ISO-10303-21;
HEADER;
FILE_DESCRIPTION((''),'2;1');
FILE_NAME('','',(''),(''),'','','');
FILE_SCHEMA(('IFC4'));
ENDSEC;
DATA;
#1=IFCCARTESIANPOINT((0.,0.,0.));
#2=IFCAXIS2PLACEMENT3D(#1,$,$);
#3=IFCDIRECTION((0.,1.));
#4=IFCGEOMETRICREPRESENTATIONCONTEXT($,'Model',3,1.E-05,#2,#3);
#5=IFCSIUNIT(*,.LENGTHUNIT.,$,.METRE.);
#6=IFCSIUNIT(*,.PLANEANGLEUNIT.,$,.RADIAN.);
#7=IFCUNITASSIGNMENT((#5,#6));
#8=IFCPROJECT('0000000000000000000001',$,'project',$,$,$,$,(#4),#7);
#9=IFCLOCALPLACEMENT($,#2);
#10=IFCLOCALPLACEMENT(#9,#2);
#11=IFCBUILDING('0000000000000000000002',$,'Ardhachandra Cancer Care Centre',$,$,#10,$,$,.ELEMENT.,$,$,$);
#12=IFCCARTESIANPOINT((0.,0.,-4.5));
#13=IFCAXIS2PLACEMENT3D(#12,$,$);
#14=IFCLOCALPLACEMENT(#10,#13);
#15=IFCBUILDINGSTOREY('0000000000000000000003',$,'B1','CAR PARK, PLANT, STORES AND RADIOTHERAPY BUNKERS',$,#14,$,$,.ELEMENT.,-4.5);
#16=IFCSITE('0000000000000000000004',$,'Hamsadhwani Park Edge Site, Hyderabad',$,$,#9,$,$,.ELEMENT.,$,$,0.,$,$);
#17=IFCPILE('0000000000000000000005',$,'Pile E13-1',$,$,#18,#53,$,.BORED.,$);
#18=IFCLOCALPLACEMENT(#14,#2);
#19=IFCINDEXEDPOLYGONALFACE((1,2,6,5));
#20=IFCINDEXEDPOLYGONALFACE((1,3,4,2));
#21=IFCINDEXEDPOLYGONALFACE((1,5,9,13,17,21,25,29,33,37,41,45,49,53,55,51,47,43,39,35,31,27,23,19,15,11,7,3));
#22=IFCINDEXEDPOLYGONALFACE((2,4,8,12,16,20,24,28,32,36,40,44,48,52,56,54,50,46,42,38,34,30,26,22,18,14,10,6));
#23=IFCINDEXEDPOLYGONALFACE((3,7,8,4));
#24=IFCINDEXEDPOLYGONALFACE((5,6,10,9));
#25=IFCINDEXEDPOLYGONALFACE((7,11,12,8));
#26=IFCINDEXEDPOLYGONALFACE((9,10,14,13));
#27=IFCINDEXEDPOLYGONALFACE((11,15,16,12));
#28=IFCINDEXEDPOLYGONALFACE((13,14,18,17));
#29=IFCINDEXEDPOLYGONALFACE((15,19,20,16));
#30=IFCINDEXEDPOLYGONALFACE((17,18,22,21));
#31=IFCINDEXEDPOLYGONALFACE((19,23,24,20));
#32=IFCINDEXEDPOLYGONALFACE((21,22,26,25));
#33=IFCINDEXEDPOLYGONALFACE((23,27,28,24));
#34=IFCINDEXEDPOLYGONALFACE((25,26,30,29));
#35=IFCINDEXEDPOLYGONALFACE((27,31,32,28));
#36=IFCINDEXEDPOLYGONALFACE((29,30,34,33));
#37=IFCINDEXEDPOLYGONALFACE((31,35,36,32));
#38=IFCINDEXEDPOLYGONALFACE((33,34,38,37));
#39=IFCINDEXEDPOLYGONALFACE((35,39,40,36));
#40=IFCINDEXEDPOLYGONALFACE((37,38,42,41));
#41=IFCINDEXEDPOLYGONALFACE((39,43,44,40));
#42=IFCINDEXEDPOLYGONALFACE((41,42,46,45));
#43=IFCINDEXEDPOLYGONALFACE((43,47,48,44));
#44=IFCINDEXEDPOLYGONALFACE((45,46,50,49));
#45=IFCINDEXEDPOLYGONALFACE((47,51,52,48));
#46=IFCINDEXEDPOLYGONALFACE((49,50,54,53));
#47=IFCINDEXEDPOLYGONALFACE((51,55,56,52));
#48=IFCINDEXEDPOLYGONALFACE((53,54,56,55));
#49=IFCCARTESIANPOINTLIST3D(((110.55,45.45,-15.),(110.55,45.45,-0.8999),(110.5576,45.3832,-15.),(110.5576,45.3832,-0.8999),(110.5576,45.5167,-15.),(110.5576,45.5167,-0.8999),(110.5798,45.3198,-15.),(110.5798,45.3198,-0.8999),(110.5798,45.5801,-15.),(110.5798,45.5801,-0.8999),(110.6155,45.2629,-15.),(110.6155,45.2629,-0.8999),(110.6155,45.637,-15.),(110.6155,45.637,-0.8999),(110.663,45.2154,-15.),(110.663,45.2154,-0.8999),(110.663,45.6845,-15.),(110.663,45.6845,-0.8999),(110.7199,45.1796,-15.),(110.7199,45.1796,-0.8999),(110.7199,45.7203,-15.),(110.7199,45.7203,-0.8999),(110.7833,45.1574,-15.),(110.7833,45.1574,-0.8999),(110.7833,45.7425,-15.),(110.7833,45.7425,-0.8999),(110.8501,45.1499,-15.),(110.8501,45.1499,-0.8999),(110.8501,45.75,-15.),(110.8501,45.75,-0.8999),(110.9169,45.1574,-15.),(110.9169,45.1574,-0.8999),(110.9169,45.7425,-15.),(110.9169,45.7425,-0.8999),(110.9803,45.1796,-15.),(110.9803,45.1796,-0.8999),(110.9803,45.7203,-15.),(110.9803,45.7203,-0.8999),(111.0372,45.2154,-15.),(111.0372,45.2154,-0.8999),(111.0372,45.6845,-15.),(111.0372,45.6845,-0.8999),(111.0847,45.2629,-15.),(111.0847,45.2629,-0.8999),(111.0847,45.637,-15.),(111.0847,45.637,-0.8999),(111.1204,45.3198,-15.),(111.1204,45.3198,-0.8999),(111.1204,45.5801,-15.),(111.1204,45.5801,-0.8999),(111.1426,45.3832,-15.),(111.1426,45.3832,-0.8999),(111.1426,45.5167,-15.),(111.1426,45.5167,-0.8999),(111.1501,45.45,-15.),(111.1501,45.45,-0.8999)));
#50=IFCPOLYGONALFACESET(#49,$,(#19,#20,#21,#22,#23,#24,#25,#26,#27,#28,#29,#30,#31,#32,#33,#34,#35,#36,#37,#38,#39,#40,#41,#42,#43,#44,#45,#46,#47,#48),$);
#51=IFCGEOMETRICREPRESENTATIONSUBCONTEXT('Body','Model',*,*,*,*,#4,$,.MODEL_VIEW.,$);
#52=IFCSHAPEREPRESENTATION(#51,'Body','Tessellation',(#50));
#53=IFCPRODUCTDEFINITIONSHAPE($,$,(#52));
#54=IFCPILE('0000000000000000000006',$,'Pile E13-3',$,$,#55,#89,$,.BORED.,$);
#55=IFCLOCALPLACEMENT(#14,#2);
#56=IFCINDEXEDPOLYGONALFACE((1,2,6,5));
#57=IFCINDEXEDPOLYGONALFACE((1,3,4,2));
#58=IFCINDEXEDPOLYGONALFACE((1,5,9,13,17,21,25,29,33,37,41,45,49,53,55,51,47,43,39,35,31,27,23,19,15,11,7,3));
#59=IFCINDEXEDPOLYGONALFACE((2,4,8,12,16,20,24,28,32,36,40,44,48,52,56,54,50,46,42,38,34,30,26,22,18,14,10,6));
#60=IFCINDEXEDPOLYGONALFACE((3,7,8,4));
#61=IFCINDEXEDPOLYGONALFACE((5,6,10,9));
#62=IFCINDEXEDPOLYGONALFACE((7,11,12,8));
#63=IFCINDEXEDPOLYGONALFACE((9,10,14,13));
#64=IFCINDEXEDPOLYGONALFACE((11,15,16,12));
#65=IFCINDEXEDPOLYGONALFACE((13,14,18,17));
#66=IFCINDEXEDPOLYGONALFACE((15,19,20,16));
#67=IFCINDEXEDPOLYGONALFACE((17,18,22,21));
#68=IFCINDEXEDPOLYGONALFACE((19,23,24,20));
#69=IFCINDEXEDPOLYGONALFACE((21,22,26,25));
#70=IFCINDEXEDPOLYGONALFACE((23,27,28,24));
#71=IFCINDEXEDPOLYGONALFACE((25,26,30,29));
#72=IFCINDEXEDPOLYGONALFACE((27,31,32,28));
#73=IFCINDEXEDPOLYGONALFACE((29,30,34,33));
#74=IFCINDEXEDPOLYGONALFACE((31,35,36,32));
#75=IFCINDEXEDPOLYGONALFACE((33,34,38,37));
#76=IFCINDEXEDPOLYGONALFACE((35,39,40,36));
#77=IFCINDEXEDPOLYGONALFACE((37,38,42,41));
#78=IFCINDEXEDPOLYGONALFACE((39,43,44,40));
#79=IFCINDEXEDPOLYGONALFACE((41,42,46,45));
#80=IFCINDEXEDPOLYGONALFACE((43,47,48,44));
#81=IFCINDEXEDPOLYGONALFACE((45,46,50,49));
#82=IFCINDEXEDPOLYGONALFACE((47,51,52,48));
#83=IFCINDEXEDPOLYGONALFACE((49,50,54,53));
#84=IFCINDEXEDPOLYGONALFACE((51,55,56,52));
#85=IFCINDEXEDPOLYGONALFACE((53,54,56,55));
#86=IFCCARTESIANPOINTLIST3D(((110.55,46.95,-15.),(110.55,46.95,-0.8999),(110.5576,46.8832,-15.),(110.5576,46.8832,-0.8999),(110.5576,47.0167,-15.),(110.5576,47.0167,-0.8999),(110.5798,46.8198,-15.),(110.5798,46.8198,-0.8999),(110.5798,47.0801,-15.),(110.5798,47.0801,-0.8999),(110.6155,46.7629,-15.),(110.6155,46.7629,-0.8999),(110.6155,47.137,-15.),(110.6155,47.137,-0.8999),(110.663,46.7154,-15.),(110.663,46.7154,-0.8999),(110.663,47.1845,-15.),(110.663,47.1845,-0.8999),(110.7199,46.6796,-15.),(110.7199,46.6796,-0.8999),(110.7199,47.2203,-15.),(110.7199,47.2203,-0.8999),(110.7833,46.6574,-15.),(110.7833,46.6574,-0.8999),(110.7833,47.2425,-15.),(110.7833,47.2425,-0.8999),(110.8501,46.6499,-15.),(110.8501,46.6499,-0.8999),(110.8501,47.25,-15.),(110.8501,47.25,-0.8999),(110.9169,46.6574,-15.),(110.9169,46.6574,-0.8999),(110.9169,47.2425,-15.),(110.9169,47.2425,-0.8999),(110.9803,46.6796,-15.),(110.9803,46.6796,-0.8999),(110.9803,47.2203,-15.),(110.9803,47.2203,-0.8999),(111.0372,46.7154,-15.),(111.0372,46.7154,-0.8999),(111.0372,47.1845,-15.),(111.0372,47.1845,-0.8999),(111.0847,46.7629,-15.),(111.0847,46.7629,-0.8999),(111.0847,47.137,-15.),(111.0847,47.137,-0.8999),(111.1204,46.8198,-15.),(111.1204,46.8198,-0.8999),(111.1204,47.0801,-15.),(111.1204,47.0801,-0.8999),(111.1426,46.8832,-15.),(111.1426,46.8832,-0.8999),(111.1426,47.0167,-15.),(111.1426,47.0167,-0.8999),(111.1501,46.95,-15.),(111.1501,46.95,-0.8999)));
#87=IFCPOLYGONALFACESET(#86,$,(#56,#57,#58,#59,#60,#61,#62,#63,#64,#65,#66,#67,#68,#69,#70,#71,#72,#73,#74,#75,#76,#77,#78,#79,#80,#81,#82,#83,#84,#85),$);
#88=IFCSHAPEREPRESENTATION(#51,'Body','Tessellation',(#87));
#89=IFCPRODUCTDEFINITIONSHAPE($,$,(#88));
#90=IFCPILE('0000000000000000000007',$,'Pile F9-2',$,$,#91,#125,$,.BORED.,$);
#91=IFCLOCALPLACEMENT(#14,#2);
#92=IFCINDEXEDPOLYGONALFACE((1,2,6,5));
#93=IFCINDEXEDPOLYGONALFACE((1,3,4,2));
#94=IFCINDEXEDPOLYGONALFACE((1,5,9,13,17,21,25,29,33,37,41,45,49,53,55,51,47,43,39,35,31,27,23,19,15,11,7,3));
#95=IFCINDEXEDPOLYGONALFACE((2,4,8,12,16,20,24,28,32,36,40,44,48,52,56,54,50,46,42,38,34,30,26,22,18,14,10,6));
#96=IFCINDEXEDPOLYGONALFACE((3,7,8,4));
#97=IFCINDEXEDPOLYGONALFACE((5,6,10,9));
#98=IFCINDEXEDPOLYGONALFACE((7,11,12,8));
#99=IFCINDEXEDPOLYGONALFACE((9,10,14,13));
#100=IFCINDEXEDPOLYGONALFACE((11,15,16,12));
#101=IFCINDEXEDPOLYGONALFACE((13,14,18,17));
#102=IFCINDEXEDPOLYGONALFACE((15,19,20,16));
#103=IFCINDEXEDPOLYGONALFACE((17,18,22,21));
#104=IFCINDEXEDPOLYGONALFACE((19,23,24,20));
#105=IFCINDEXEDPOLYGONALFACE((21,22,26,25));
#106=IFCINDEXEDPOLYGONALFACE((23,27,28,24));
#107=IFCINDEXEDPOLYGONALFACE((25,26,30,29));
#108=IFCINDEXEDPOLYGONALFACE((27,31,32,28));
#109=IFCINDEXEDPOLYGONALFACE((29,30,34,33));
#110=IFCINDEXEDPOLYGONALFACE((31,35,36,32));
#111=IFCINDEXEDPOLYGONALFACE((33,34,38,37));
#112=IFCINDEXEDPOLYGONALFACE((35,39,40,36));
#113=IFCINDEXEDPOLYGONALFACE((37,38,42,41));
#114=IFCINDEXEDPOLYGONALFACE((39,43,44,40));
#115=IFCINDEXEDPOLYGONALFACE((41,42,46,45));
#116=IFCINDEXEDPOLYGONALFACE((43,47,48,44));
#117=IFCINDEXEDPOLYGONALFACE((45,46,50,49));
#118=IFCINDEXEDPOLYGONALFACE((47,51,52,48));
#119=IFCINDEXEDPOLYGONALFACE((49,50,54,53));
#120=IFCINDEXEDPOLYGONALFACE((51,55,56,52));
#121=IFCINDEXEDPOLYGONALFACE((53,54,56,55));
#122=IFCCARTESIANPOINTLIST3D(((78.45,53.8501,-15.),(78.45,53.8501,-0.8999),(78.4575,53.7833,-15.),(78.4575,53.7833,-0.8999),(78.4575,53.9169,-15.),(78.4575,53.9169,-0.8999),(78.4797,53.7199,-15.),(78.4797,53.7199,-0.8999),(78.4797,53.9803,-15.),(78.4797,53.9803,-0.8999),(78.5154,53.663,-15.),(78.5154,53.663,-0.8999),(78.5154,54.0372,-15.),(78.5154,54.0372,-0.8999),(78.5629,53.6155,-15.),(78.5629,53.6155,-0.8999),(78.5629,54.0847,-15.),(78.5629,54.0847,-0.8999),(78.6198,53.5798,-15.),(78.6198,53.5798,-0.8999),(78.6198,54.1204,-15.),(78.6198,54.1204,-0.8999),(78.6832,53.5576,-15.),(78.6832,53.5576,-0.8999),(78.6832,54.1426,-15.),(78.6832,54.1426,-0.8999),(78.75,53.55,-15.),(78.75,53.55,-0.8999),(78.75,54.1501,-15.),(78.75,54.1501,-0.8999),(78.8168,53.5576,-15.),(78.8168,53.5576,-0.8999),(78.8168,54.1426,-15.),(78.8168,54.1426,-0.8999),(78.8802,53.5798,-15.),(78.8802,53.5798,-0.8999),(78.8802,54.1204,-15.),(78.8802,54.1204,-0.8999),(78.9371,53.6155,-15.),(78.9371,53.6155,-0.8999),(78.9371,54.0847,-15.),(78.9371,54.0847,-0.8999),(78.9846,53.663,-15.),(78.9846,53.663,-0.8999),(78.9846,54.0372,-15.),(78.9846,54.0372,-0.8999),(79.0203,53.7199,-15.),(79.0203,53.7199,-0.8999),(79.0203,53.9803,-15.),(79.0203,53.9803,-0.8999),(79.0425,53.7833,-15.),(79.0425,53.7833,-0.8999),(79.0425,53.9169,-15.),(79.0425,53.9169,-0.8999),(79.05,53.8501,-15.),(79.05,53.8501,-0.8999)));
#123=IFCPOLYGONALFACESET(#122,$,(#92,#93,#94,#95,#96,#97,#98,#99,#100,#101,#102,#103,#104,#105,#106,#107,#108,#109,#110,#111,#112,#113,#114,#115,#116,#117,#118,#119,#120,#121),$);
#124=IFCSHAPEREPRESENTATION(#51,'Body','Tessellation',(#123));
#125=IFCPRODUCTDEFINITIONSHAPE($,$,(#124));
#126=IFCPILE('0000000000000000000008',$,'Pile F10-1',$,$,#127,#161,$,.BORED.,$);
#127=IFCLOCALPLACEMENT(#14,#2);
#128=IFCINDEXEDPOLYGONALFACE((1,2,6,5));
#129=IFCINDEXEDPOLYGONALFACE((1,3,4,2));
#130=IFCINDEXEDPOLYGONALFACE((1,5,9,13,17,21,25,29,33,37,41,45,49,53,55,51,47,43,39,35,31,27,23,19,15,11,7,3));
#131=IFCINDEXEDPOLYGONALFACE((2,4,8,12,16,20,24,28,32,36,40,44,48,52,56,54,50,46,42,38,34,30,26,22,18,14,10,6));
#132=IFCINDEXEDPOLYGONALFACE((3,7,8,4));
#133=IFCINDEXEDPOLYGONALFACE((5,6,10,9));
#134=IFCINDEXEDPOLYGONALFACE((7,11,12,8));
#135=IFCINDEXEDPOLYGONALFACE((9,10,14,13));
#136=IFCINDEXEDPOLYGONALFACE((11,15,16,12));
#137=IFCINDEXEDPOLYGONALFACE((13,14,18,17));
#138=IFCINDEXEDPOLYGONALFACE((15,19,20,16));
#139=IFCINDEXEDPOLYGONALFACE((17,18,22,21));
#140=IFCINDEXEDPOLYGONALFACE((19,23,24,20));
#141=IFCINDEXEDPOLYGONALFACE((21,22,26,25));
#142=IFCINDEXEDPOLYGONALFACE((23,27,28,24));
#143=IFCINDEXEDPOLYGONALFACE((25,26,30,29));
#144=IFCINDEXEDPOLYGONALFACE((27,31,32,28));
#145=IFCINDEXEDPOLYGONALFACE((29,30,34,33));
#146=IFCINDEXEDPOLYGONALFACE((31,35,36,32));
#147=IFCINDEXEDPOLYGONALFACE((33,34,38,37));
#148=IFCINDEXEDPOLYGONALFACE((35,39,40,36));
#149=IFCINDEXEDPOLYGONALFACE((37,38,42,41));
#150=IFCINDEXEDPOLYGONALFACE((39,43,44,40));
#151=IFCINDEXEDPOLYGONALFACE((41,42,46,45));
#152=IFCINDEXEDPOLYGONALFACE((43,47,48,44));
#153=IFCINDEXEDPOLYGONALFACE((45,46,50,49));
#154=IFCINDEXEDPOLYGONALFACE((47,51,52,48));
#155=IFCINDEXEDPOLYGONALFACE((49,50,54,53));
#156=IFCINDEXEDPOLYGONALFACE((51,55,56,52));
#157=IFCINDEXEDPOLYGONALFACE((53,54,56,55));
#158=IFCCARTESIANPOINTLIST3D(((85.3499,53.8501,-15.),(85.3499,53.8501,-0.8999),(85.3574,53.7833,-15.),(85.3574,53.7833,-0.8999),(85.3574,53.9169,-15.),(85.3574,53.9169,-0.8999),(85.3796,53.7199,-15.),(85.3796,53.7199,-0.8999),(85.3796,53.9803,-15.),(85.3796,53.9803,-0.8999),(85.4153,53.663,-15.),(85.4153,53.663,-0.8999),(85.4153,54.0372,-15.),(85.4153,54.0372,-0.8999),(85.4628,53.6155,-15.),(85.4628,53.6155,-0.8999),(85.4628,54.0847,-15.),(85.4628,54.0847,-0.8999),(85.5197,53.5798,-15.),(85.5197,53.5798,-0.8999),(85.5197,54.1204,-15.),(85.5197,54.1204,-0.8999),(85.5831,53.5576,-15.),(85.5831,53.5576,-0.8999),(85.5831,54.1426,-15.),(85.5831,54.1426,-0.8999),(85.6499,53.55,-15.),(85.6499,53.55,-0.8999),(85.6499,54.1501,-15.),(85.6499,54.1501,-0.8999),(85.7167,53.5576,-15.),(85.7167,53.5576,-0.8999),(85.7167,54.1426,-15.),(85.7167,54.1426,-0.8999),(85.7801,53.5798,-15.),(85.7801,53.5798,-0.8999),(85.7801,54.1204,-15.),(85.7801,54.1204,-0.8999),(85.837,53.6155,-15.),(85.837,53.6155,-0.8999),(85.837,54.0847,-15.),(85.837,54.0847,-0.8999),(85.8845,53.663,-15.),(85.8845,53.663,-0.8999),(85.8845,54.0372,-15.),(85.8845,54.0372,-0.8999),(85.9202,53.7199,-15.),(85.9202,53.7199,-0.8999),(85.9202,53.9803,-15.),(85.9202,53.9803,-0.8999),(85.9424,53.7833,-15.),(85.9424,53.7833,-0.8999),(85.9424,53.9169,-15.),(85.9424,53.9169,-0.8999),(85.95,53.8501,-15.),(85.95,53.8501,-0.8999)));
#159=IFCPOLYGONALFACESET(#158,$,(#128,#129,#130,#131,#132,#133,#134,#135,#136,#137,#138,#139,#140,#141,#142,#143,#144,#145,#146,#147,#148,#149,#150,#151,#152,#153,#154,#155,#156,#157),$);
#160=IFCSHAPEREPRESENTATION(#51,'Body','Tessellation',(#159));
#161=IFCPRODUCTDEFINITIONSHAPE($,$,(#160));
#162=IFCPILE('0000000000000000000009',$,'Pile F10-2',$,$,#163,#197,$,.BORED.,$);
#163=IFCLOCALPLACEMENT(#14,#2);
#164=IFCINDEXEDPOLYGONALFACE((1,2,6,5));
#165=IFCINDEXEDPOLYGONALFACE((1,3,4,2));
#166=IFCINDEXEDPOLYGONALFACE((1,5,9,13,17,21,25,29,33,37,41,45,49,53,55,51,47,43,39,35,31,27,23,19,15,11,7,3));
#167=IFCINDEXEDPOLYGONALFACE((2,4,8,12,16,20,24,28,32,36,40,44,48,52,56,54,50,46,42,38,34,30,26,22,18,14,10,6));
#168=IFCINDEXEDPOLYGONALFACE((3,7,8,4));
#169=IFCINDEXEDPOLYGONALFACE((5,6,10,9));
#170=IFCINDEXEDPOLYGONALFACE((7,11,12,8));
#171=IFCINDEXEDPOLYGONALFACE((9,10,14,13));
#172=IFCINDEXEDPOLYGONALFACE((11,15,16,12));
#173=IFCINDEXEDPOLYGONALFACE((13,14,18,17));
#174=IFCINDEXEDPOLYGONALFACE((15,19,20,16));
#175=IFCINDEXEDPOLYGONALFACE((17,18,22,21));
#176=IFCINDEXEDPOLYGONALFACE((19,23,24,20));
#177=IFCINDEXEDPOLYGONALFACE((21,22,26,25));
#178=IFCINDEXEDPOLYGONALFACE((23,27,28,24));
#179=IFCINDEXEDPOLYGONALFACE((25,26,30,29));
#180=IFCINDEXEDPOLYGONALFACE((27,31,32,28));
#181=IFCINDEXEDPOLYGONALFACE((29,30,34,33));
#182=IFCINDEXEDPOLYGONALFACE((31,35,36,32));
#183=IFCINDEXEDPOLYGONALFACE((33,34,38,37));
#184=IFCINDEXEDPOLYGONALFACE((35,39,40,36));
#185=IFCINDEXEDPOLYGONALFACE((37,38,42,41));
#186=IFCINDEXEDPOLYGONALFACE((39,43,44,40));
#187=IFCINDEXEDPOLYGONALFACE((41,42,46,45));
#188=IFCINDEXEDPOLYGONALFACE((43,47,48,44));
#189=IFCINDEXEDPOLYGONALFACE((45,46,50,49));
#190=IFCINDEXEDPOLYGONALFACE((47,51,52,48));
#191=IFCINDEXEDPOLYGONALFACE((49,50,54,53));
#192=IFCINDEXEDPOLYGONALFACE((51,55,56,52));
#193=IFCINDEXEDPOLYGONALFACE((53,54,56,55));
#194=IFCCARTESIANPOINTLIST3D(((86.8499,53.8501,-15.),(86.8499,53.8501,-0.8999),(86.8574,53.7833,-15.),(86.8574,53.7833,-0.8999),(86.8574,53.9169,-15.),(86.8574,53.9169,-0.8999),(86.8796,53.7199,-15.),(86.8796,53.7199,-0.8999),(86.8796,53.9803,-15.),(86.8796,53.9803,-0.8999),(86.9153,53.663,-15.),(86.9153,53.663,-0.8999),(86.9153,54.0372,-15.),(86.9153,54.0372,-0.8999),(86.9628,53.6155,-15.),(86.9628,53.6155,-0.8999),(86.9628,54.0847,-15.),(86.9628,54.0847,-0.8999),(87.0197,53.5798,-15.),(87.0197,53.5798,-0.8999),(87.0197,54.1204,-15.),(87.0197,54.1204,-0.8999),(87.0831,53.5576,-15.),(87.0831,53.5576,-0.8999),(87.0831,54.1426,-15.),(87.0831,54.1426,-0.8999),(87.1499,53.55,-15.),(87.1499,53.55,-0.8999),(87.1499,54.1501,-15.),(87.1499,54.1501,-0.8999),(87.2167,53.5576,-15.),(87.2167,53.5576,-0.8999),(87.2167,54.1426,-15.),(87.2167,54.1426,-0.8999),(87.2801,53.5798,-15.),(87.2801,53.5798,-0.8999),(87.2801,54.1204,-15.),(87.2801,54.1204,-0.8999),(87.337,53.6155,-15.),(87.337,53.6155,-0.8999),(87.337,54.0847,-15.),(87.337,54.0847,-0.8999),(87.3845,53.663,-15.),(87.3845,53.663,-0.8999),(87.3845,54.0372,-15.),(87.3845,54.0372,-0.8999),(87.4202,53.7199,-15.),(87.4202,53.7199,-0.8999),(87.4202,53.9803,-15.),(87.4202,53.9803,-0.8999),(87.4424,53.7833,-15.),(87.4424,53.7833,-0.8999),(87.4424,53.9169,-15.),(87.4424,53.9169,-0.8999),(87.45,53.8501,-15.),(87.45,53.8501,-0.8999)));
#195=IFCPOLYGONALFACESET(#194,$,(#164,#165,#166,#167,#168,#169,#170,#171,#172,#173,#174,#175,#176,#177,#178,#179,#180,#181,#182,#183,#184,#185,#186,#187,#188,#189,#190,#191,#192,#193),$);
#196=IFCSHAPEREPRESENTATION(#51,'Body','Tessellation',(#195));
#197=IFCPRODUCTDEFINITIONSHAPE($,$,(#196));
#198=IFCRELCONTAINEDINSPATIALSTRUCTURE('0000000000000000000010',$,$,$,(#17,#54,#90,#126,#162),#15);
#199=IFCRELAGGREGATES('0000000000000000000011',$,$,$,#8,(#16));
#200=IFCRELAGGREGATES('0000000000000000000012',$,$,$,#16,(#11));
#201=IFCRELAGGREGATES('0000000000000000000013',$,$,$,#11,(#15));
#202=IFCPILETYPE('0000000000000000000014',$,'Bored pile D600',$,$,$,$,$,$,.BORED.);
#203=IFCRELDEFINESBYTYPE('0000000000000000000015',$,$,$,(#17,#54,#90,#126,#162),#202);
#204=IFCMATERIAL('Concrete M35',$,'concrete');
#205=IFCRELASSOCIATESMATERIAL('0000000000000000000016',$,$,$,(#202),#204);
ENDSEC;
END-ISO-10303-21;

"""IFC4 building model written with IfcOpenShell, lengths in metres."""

from ifc_helpers import new_model, si_unit, direction, frame, origin, origin_2d, place, context, subcontext, project, spatial, circle, extrude, material, material_profile, profile_set, type_object, element, save


model = new_model("IFC4")

# Units and contexts
model_context = context("Model", 3, precision=1e-05, world=origin(), true_north=direction((0.0, 1.0)))
body_context = subcontext(model_context, "Body", "Model", "MODEL_VIEW")
ifc_project = project(units=[si_unit("LENGTHUNIT", "METRE"), si_unit("PLANEANGLEUNIT", "RADIAN")], contexts=[model_context])

# Site, building, storey
site_placement = place(None, origin())
site = spatial("IfcSite", under=ifc_project, at=site_placement, Name="Hamsadhwani Park Edge Site, Hyderabad", CompositionType="ELEMENT", RefElevation=0.0)
building_placement = place(site_placement, origin())
building = spatial("IfcBuilding", under=site, at=building_placement, Name="Ardhachandra Cancer Care Centre", CompositionType="ELEMENT")
storey_placement = place(building_placement, frame((0.0, 0.0, -4.5)))
storey = spatial("IfcBuildingStorey", under=building, at=storey_placement, Name="B1", Description="CAR PARK, PLANT, STORES AND RADIOTHERAPY BUNKERS", CompositionType="ELEMENT", Elevation=-4.5)

# Piles
ifc_material_1 = material(Name="Concrete M35", Category="concrete")
ifc_material_profile_1 = material_profile(ifc_material_1, circle(Radius=0.3, at=origin_2d()), Name="D600")
ifc_profile_set_1 = profile_set([ifc_material_profile_1], Name="Concrete M35")
pile_type_1 = type_object("IfcPileType", Name="Bored pile D600", PredefinedType="BORED", material=ifc_profile_set_1)
for number, where, z_axis, x_axis, name in (
    (1, (110.8501, 45.45, -0.8999), (0.0, 0.0, -1.0), (1.0, 0.0, 0.0), "Pile E13-1"),
    (2, (110.8501, 46.95, -0.8999), (0.0, 0.0, -1.0), (1.0, 0.0, 0.0), "Pile E13-3"),
    (3, (78.75, 53.8501, -0.8999), (0.0, 0.0, -1.0), (1.0, 0.0, 0.0), "Pile F9-2"),
    (4, (85.6499, 53.8501, -0.8999), (0.0, 0.0, -1.0), (1.0, 0.0, 0.0), "Pile F10-1"),
    (5, (87.1499, 53.8501, -0.8999), (0.0, 0.0, -1.0), (1.0, 0.0, 0.0), "Pile F10-2"),
):
    element("IfcPile", number, at=place(storey_placement, frame(where, z_axis=z_axis, x_axis=x_axis)), inside=storey, type_object=pile_type_1, Name=name, PredefinedType="BORED", context=body_context, shape_type="SweptSolid", body=[
        extrude(circle(Radius=0.3, at=origin_2d()), origin(), (0.0, 0.0, 1.0), 14.1001),
    ])

save(model, "model.ifc")
